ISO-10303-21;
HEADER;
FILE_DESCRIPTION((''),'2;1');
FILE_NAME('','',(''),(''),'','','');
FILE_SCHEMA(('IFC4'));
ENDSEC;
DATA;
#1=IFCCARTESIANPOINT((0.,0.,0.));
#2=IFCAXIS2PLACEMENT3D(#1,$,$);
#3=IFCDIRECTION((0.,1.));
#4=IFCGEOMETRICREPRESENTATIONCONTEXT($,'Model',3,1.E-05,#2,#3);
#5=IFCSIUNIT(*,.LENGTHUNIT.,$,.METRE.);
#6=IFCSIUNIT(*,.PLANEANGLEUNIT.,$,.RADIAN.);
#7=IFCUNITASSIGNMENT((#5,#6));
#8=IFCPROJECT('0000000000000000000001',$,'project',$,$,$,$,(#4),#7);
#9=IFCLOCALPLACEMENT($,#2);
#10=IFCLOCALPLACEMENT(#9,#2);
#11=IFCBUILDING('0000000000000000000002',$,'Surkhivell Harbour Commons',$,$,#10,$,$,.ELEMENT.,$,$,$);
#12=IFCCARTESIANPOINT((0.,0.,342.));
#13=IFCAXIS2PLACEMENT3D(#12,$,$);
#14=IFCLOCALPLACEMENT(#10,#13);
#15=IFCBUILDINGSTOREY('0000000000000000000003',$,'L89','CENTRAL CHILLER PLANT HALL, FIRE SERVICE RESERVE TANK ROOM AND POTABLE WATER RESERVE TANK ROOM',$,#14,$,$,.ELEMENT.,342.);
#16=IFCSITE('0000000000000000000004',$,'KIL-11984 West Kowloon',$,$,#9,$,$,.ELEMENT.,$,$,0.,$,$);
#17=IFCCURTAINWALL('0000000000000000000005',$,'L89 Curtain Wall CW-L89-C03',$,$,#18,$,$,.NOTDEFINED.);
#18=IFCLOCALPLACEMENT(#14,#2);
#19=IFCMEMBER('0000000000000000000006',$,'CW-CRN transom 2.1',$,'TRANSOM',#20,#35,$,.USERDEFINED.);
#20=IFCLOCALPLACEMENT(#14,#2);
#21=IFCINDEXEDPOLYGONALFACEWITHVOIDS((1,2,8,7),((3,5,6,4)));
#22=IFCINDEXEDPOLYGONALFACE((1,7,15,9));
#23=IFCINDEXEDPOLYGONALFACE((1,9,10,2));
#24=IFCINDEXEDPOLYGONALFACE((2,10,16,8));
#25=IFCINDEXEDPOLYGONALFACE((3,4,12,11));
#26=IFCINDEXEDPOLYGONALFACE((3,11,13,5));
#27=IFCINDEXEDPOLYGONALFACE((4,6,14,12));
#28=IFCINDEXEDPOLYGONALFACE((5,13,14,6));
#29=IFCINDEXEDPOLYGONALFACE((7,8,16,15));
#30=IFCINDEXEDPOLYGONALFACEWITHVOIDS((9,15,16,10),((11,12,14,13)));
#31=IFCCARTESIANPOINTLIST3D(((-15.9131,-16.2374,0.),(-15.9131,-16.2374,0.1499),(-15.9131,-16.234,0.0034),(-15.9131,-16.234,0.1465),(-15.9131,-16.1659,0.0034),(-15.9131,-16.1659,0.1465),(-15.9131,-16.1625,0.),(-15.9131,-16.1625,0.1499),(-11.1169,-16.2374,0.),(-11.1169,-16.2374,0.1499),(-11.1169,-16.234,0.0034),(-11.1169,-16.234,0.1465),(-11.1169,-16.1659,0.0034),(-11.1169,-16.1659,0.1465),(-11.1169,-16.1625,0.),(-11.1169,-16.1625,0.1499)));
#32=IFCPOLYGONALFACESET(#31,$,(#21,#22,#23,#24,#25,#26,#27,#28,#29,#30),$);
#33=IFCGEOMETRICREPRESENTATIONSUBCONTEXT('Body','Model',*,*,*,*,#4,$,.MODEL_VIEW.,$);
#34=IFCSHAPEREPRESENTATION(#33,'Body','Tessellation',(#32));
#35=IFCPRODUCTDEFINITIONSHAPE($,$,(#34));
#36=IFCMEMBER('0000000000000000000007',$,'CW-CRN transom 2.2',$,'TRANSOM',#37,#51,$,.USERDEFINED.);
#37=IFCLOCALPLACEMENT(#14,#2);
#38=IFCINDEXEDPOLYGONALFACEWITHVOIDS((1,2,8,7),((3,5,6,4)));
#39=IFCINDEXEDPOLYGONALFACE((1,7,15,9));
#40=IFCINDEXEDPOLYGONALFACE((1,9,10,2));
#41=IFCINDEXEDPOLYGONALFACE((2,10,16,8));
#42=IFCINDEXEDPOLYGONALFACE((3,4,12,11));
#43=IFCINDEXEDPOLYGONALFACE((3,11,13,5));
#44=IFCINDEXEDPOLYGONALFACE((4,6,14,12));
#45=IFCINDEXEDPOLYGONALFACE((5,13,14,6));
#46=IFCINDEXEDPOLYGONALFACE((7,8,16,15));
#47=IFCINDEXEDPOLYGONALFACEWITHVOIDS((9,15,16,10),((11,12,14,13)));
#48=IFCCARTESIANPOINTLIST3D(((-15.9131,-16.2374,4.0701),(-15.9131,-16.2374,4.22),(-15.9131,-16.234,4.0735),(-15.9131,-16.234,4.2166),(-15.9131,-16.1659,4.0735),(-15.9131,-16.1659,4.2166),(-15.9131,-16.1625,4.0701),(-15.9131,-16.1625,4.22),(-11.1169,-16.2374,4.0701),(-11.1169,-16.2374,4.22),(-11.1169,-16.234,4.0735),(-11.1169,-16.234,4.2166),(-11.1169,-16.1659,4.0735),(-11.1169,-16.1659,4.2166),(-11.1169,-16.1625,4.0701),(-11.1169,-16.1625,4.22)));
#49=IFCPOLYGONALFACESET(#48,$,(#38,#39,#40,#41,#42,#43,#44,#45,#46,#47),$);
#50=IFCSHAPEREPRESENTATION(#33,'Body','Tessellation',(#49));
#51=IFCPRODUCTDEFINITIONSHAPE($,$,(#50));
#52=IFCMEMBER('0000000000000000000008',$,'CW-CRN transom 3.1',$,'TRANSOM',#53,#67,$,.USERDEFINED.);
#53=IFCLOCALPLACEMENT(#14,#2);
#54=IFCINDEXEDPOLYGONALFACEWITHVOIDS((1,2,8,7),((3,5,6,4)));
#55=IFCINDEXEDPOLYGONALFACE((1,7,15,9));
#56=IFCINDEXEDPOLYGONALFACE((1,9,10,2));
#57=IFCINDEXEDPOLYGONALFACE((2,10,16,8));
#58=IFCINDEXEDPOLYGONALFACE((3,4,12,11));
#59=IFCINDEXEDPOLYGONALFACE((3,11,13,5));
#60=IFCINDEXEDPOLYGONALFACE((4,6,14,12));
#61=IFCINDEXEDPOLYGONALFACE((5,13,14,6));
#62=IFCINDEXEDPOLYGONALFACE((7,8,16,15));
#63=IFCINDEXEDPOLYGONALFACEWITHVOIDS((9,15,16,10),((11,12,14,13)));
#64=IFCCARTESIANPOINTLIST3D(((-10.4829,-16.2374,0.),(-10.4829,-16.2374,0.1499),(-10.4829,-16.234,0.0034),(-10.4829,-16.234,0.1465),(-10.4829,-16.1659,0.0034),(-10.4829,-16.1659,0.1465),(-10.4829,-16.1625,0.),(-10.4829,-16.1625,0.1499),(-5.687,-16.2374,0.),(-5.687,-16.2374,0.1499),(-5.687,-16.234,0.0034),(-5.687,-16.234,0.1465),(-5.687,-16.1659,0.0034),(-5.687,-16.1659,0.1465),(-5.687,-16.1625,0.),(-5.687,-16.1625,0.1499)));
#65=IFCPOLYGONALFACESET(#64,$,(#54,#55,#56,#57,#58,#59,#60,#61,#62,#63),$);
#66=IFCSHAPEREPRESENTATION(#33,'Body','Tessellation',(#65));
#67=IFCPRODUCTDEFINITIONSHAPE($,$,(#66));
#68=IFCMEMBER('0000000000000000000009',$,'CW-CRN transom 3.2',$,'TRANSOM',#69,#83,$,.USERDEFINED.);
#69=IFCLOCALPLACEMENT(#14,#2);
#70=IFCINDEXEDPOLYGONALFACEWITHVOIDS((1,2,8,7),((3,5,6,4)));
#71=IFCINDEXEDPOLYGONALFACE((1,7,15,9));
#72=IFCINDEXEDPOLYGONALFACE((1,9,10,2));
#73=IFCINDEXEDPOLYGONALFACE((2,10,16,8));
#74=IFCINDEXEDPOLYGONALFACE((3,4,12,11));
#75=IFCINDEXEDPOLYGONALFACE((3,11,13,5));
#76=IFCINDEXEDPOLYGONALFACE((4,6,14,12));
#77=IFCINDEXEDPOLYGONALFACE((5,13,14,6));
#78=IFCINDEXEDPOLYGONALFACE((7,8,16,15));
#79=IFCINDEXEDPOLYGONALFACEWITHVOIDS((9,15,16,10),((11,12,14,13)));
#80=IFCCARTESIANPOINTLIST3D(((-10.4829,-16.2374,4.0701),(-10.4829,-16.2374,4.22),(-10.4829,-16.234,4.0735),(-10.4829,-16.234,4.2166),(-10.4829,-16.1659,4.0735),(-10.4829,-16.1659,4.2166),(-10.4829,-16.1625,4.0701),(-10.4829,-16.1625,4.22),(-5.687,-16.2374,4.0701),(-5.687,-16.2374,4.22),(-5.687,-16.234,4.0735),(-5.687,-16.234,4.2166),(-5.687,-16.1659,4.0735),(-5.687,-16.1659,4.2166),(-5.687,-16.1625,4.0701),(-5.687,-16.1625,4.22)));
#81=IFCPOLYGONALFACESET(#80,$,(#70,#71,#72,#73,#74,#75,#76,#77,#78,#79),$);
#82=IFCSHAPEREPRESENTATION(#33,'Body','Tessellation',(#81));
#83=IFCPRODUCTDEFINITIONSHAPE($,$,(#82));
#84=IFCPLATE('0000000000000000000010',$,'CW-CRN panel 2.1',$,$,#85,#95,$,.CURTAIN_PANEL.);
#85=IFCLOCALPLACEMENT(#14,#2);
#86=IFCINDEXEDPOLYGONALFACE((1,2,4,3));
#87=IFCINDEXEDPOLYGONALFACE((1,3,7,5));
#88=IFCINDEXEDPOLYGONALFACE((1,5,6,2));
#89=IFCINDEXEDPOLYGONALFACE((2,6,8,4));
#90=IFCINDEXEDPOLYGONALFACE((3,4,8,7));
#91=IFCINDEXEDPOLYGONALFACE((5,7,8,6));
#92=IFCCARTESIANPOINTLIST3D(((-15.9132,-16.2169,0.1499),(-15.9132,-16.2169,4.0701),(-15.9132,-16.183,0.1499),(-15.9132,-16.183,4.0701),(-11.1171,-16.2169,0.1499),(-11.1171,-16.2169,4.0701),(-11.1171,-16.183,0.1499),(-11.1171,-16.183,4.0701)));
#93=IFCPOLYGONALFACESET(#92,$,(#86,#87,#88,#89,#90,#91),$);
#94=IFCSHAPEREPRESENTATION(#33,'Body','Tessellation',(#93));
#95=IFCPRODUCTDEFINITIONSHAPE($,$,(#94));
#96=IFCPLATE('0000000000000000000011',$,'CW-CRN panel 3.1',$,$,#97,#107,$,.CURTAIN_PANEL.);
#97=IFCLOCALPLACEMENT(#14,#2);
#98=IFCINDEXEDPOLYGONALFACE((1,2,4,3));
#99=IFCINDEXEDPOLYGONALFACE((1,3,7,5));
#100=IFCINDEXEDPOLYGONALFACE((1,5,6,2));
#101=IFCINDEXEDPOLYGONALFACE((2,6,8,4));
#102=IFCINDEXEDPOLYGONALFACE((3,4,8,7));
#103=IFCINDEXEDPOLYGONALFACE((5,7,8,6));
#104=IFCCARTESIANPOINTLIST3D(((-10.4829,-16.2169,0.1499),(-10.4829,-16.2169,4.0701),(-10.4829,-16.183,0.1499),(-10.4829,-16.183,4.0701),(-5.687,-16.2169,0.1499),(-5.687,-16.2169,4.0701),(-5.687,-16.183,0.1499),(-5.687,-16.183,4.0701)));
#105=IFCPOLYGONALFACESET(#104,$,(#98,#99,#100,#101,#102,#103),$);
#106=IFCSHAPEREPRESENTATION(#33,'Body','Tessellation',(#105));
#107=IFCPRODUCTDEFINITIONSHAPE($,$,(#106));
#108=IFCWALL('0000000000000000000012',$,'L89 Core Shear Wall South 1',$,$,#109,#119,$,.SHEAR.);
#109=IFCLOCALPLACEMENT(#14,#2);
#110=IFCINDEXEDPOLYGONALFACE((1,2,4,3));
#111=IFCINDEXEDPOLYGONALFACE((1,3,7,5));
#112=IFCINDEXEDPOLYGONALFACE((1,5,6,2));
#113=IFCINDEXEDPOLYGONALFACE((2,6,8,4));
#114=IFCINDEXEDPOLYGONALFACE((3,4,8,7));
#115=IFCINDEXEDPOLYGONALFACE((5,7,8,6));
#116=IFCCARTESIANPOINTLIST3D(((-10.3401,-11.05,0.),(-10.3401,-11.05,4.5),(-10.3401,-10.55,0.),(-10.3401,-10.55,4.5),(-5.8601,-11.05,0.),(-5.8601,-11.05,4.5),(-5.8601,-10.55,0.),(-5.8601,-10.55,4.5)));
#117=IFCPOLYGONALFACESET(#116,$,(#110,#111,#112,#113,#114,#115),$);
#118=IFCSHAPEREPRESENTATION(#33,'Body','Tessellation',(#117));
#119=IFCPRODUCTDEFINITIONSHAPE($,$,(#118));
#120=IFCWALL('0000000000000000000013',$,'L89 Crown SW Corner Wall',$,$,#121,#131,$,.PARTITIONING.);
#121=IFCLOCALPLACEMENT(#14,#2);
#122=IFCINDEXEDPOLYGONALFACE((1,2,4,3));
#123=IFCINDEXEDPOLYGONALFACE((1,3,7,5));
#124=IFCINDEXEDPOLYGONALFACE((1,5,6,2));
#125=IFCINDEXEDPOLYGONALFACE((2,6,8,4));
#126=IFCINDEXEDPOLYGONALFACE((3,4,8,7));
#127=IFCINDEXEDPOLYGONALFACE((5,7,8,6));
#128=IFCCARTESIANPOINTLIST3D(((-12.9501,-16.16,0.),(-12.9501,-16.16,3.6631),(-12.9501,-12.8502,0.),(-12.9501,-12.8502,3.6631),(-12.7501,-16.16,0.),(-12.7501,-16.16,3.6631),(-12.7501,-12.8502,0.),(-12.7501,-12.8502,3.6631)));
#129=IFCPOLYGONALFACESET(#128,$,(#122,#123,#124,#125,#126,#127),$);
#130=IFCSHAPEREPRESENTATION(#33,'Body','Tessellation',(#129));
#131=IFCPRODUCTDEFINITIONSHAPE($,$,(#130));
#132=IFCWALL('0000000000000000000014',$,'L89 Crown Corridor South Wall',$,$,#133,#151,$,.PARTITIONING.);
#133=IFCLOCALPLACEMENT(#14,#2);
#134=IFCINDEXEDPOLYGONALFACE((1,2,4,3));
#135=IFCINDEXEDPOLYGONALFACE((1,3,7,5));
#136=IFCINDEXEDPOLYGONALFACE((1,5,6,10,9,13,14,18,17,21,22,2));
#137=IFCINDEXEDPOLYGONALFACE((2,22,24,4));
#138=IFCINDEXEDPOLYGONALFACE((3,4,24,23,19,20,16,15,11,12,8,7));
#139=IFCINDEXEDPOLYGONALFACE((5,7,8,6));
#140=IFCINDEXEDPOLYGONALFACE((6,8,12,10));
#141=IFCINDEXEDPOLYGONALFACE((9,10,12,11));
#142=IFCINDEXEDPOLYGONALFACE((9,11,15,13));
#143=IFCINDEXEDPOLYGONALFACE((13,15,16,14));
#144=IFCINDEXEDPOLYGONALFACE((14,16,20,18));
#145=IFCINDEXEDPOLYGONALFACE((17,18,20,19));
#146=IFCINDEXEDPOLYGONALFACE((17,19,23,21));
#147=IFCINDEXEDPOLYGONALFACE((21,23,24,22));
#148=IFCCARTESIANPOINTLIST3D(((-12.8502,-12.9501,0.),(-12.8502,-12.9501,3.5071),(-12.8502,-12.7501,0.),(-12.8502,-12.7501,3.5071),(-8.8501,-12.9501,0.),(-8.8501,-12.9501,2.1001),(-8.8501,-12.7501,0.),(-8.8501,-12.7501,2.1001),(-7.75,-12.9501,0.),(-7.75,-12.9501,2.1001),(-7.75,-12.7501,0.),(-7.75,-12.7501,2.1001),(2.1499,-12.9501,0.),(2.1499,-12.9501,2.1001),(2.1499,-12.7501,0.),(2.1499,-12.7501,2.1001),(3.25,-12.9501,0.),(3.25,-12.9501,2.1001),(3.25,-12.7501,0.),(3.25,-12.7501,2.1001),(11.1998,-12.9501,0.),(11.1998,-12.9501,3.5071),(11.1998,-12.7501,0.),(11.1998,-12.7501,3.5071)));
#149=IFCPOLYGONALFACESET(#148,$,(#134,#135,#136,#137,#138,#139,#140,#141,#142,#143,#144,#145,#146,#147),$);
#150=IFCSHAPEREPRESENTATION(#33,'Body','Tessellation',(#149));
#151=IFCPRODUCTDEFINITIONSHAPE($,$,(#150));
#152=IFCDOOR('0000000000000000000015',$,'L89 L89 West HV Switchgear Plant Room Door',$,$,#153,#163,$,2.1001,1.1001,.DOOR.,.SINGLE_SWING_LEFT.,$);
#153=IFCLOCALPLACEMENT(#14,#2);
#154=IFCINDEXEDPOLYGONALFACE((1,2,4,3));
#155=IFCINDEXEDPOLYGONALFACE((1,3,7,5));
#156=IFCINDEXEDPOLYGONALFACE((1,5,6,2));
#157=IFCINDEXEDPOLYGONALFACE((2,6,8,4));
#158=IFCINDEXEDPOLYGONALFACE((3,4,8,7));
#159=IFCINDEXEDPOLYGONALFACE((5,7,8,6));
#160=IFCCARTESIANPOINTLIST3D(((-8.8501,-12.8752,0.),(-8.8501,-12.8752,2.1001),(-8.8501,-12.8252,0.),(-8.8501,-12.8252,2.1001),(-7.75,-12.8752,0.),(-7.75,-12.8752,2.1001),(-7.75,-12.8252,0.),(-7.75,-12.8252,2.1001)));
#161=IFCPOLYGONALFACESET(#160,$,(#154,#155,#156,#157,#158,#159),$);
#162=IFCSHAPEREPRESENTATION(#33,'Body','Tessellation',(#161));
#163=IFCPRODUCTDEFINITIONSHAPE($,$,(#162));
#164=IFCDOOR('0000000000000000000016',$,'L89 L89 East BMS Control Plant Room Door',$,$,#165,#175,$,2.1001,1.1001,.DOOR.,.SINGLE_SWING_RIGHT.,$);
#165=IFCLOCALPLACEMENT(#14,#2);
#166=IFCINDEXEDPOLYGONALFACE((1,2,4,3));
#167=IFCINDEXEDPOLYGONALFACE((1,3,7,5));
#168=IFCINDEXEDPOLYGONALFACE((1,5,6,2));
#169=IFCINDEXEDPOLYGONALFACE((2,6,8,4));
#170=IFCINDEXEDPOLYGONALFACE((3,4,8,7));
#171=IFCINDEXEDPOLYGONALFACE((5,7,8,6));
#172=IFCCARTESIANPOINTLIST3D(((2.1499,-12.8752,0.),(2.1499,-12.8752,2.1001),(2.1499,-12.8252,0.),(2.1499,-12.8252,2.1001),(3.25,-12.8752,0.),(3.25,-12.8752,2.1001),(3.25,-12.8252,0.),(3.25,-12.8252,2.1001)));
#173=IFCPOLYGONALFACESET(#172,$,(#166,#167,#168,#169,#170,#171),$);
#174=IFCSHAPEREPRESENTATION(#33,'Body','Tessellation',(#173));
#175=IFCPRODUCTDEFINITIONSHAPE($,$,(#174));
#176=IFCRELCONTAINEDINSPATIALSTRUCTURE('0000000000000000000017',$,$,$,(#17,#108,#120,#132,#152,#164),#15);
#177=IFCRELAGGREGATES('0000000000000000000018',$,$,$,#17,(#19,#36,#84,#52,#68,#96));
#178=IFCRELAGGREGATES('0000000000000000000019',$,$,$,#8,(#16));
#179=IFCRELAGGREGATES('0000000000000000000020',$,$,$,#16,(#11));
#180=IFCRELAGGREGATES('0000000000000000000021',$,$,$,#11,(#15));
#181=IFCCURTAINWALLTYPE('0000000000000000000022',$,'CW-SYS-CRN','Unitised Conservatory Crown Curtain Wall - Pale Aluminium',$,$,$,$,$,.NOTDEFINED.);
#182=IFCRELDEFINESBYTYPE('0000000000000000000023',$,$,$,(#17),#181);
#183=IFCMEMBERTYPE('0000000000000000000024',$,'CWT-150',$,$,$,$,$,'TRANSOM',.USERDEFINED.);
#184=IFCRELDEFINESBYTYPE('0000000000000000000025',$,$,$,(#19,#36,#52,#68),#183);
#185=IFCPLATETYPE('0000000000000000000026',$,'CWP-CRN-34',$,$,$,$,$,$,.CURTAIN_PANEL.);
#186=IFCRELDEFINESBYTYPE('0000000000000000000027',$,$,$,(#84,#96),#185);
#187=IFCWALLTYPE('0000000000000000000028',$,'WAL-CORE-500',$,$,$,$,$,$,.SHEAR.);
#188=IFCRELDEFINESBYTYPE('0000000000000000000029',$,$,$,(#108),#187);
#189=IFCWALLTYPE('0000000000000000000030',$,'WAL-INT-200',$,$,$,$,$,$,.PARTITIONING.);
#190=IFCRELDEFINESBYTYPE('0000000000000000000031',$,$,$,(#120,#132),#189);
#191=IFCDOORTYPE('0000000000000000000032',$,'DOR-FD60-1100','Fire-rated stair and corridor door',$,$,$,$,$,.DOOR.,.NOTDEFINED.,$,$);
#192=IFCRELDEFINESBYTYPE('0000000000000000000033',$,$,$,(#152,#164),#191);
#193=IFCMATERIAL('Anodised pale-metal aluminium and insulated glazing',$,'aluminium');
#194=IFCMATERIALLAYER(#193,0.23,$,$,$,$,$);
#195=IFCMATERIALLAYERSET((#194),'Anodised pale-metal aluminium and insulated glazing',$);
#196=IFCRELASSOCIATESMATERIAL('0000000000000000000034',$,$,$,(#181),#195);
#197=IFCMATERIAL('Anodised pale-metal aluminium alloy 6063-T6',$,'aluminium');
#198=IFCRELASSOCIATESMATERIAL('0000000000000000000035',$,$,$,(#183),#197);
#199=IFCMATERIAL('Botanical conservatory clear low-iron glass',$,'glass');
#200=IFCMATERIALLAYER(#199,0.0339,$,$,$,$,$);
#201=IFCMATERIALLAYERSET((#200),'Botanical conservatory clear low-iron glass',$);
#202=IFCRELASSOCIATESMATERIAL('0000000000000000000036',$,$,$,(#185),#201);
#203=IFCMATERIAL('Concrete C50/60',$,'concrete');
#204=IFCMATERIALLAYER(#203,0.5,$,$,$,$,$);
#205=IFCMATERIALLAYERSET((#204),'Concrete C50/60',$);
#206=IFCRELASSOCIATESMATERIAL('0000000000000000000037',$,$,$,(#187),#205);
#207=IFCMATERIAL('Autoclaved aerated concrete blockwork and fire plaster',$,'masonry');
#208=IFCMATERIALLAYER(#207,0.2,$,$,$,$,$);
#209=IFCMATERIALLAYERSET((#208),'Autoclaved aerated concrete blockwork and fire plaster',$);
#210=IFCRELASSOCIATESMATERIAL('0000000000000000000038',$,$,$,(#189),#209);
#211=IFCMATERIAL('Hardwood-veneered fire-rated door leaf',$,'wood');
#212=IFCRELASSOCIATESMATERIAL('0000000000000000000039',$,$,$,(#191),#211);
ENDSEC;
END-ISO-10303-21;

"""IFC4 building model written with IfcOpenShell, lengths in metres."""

from ifc_helpers import new_model, si_unit, direction, frame, frame_2d, origin, origin_2d, place, context, subcontext, project, spatial, rectangle, hollow_rectangle, extrude, material, layer, layer_set, material_profile, profile_set, type_object, element, fill, aggregate, save


model = new_model("IFC4")

# Units and contexts
model_context = context("Model", 3, precision=1e-05, world=origin(), true_north=direction((0.0, 1.0)))
body_context = subcontext(model_context, "Body", "Model", "MODEL_VIEW")
ifc_project = project(units=[si_unit("LENGTHUNIT", "METRE"), si_unit("PLANEANGLEUNIT", "RADIAN")], contexts=[model_context])

# Site, building, storey
site_placement = place(None, origin())
site = spatial("IfcSite", under=ifc_project, at=site_placement, Name="KIL-11984 West Kowloon", CompositionType="ELEMENT", RefElevation=0.0)
building_placement = place(site_placement, origin())
building = spatial("IfcBuilding", under=site, at=building_placement, Name="Surkhivell Harbour Commons", CompositionType="ELEMENT")
storey_placement = place(building_placement, frame((0.0, 0.0, 342.0)))
storey = spatial("IfcBuildingStorey", under=building, at=storey_placement, Name="L89", Description="CENTRAL CHILLER PLANT HALL, FIRE SERVICE RESERVE TANK ROOM AND POTABLE WATER RESERVE TANK ROOM", CompositionType="ELEMENT", Elevation=342.0)

# Curtain wall, members, plates
ifc_material_1 = material(Name="Anodised pale-metal aluminium and insulated glazing", Category="aluminium")
ifc_layer_1 = layer(ifc_material_1, 0.23)
ifc_layer_set_1 = layer_set([ifc_layer_1], Name="Anodised pale-metal aluminium and insulated glazing")
curtain_wall_type = type_object("IfcCurtainWallType", Name="CW-SYS-CRN", Description="Unitised Conservatory Crown Curtain Wall - Pale Aluminium", PredefinedType="NOTDEFINED", material=ifc_layer_set_1)
curtain_wall_placement = place(storey_placement, origin())
curtain_wall = element("IfcCurtainWall", 1, at=curtain_wall_placement, inside=storey, type_object=curtain_wall_type, Name="L89 Curtain Wall CW-L89-C03", PredefinedType="NOTDEFINED")
ifc_material_2 = material(Name="Anodised pale-metal aluminium alloy 6063-T6", Category="aluminium")
ifc_material_profile_1 = material_profile(ifc_material_2, hollow_rectangle(XDim=0.075, YDim=0.1499, WallThickness=0.0034, at=origin_2d()), Name="ALU-TRAN-75x150")
ifc_profile_set_1 = profile_set([ifc_material_profile_1], Name="Anodised pale-metal aluminium alloy 6063-T6")
member_type_1 = type_object("IfcMemberType", Name="CWT-150", ElementType="TRANSOM", PredefinedType="USERDEFINED", material=ifc_profile_set_1)
member_1_placement = place(storey_placement, frame((-15.9131, -16.2, 0.075), z_axis=(1.0, 0.0, 0.0), x_axis=(0.0, 1.0, 0.0)))
member_1 = element("IfcMember", 2, at=member_1_placement, type_object=member_type_1, Name="CW-CRN transom 2.1", ObjectType="TRANSOM", PredefinedType="USERDEFINED", context=body_context, shape_type="SweptSolid", body=[
    extrude(hollow_rectangle(XDim=0.075, YDim=0.1499, WallThickness=0.0034, at=origin_2d()), origin(), (0.0, 0.0, 1.0), 4.7961),
])
member_2_placement = place(storey_placement, frame((-15.9131, -16.2, 4.145), z_axis=(1.0, 0.0, 0.0), x_axis=(0.0, 1.0, 0.0)))
member_2 = element("IfcMember", 3, at=member_2_placement, type_object=member_type_1, Name="CW-CRN transom 2.2", ObjectType="TRANSOM", PredefinedType="USERDEFINED", context=body_context, shape_type="SweptSolid", body=[
    extrude(hollow_rectangle(XDim=0.075, YDim=0.1499, WallThickness=0.0034, at=origin_2d()), origin(), (0.0, 0.0, 1.0), 4.7961),
])
member_3_placement = place(storey_placement, frame((-10.4829, -16.2, 0.075), z_axis=(1.0, 0.0, 0.0), x_axis=(0.0, 1.0, 0.0)))
member_3 = element("IfcMember", 4, at=member_3_placement, type_object=member_type_1, Name="CW-CRN transom 3.1", ObjectType="TRANSOM", PredefinedType="USERDEFINED", context=body_context, shape_type="SweptSolid", body=[
    extrude(hollow_rectangle(XDim=0.075, YDim=0.1499, WallThickness=0.0034, at=origin_2d()), origin(), (0.0, 0.0, 1.0), 4.7959),
])
member_4_placement = place(storey_placement, frame((-10.4829, -16.2, 4.145), z_axis=(1.0, 0.0, 0.0), x_axis=(0.0, 1.0, 0.0)))
member_4 = element("IfcMember", 5, at=member_4_placement, type_object=member_type_1, Name="CW-CRN transom 3.2", ObjectType="TRANSOM", PredefinedType="USERDEFINED", context=body_context, shape_type="SweptSolid", body=[
    extrude(hollow_rectangle(XDim=0.075, YDim=0.1499, WallThickness=0.0034, at=origin_2d()), origin(), (0.0, 0.0, 1.0), 4.7959),
])
ifc_material_3 = material(Name="Botanical conservatory clear low-iron glass", Category="glass")
ifc_layer_2 = layer(ifc_material_3, 0.0339)
ifc_layer_set_2 = layer_set([ifc_layer_2], Name="Botanical conservatory clear low-iron glass")
plate_type = type_object("IfcPlateType", Name="CWP-CRN-34", PredefinedType="CURTAIN_PANEL", material=ifc_layer_set_2)
plate_1_placement = place(storey_placement, frame((-15.9131, -16.2, 0.1499), z_axis=(0.0, 0.0, 1.0), x_axis=(1.0, 0.0, 0.0)))
plate_1 = element("IfcPlate", 6, at=plate_1_placement, type_object=plate_type, Name="CW-CRN panel 2.1", PredefinedType="CURTAIN_PANEL", context=body_context, shape_type="SweptSolid", body=[
    extrude(rectangle(XDim=4.7961, YDim=0.0339, at=frame_2d((2.3979, 0.0))), origin(), (0.0, 0.0, 1.0), 3.9202),
])
plate_2_placement = place(storey_placement, frame((-10.4829, -16.2, 0.1499), z_axis=(0.0, 0.0, 1.0), x_axis=(1.0, 0.0, 0.0)))
plate_2 = element("IfcPlate", 7, at=plate_2_placement, type_object=plate_type, Name="CW-CRN panel 3.1", PredefinedType="CURTAIN_PANEL", context=body_context, shape_type="SweptSolid", body=[
    extrude(rectangle(XDim=4.7959, YDim=0.0339, at=frame_2d((2.3979, 0.0))), origin(), (0.0, 0.0, 1.0), 3.9202),
])
aggregate(curtain_wall, [member_1, member_2, plate_1, member_3, member_4, plate_2])

# Walls
ifc_material_4 = material(Name="Concrete C50/60", Category="concrete")
ifc_layer_3 = layer(ifc_material_4, 0.5)
ifc_layer_set_3 = layer_set([ifc_layer_3], Name="Concrete C50/60")
wall_type_1 = type_object("IfcWallType", Name="WAL-CORE-500", PredefinedType="SHEAR", material=ifc_layer_set_3)
wall_1_placement = place(storey_placement, frame((-10.3401, -10.8, 0.0), z_axis=(0.0, 0.0, 1.0), x_axis=(1.0, 0.0, 0.0)))
element("IfcWall", 8, at=wall_1_placement, inside=storey, type_object=wall_type_1, Name="L89 Core Shear Wall South 1", PredefinedType="SHEAR", context=body_context, shape_type="SweptSolid", body=[
    extrude(rectangle(XDim=4.48, YDim=0.5, at=frame_2d((2.24, 0.0))), origin(), (0.0, 0.0, 1.0), 4.5),
])
ifc_material_5 = material(Name="Autoclaved aerated concrete blockwork and fire plaster", Category="masonry")
ifc_layer_4 = layer(ifc_material_5, 0.2)
ifc_layer_set_4 = layer_set([ifc_layer_4], Name="Autoclaved aerated concrete blockwork and fire plaster")
wall_type_2 = type_object("IfcWallType", Name="WAL-INT-200", PredefinedType="PARTITIONING", material=ifc_layer_set_4)
wall_2_placement = place(storey_placement, frame((-12.8501, -16.1599, 0.0), z_axis=(0.0, 0.0, 1.0), x_axis=(0.0, 1.0, 0.0)))
element("IfcWall", 9, at=wall_2_placement, inside=storey, type_object=wall_type_2, Name="L89 Crown SW Corner Wall", PredefinedType="PARTITIONING", context=body_context, shape_type="SweptSolid", body=[
    extrude(rectangle(XDim=3.3098, YDim=0.2, at=frame_2d((1.6548, 0.0))), origin(), (0.0, 0.0, 1.0), 3.6631),
])

# Wall, openings, doors
wall_3_placement = place(storey_placement, frame((-12.8501, -12.8501, 0.0), z_axis=(0.0, 0.0, 1.0), x_axis=(1.0, 0.0, 0.0)))
wall_3 = element("IfcWall", 10, at=wall_3_placement, inside=storey, type_object=wall_type_2, Name="L89 Crown Corridor South Wall", PredefinedType="PARTITIONING", context=body_context, shape_type="SweptSolid", body=[
    extrude(rectangle(XDim=24.05, YDim=0.2, at=frame_2d((12.0249, 0.0))), origin(), (0.0, 0.0, 1.0), 3.5071),
])
opening_1_placement = place(wall_3_placement, frame((4.0, 0.0, 0.0)))
opening_1 = element("IfcOpeningElement", 11, at=opening_1_placement, cuts=wall_3, PredefinedType="OPENING", context=body_context, shape_type="SweptSolid", body=[
    extrude(rectangle(XDim=1.1001, YDim=2.1001, at=frame_2d((0.55, 1.05))), frame((0.0, 0.1099, 0.0), z_axis=(0.0, -1.0, 0.0), x_axis=(1.0, 0.0, 0.0)), (0.0, 0.0, 1.0), 0.22),
])
opening_2_placement = place(wall_3_placement, frame((15.0, 0.0, 0.0)))
opening_2 = element("IfcOpeningElement", 12, at=opening_2_placement, cuts=wall_3, PredefinedType="OPENING", context=body_context, shape_type="SweptSolid", body=[
    extrude(rectangle(XDim=1.1001, YDim=2.1001, at=frame_2d((0.55, 1.05))), frame((0.0, 0.1099, 0.0), z_axis=(0.0, -1.0, 0.0), x_axis=(1.0, 0.0, 0.0)), (0.0, 0.0, 1.0), 0.22),
])
ifc_material_6 = material(Name="Hardwood-veneered fire-rated door leaf", Category="wood")
door_type = type_object("IfcDoorType", Name="DOR-FD60-1100", Description="Fire-rated stair and corridor door", OperationType="NOTDEFINED", PredefinedType="DOOR", material=ifc_material_6)
door_1_placement = place(opening_1_placement, origin())
door_1 = element("IfcDoor", 13, at=door_1_placement, inside=storey, type_object=door_type, Name="L89 L89 West HV Switchgear Plant Room Door", OperationType="SINGLE_SWING_LEFT", OverallHeight=2.1001, OverallWidth=1.1001, PredefinedType="DOOR", context=body_context, shape_type="SweptSolid", body=[
    extrude(rectangle(XDim=1.1001, YDim=2.1001, at=frame_2d((0.55, 1.05))), frame((0.0, 0.0249, 0.0), z_axis=(0.0, -1.0, 0.0), x_axis=(1.0, 0.0, 0.0)), (0.0, 0.0, 1.0), 0.05),
])
fill(opening_1, door_1)
door_2_placement = place(opening_2_placement, origin())
door_2 = element("IfcDoor", 14, at=door_2_placement, inside=storey, type_object=door_type, Name="L89 L89 East BMS Control Plant Room Door", OperationType="SINGLE_SWING_RIGHT", OverallHeight=2.1001, OverallWidth=1.1001, PredefinedType="DOOR", context=body_context, shape_type="SweptSolid", body=[
    extrude(rectangle(XDim=1.1001, YDim=2.1001, at=frame_2d((0.55, 1.05))), frame((0.0, 0.0249, 0.0), z_axis=(0.0, -1.0, 0.0), x_axis=(1.0, 0.0, 0.0)), (0.0, 0.0, 1.0), 0.05),
])
fill(opening_2, door_2)

save(model, "model.ifc")
